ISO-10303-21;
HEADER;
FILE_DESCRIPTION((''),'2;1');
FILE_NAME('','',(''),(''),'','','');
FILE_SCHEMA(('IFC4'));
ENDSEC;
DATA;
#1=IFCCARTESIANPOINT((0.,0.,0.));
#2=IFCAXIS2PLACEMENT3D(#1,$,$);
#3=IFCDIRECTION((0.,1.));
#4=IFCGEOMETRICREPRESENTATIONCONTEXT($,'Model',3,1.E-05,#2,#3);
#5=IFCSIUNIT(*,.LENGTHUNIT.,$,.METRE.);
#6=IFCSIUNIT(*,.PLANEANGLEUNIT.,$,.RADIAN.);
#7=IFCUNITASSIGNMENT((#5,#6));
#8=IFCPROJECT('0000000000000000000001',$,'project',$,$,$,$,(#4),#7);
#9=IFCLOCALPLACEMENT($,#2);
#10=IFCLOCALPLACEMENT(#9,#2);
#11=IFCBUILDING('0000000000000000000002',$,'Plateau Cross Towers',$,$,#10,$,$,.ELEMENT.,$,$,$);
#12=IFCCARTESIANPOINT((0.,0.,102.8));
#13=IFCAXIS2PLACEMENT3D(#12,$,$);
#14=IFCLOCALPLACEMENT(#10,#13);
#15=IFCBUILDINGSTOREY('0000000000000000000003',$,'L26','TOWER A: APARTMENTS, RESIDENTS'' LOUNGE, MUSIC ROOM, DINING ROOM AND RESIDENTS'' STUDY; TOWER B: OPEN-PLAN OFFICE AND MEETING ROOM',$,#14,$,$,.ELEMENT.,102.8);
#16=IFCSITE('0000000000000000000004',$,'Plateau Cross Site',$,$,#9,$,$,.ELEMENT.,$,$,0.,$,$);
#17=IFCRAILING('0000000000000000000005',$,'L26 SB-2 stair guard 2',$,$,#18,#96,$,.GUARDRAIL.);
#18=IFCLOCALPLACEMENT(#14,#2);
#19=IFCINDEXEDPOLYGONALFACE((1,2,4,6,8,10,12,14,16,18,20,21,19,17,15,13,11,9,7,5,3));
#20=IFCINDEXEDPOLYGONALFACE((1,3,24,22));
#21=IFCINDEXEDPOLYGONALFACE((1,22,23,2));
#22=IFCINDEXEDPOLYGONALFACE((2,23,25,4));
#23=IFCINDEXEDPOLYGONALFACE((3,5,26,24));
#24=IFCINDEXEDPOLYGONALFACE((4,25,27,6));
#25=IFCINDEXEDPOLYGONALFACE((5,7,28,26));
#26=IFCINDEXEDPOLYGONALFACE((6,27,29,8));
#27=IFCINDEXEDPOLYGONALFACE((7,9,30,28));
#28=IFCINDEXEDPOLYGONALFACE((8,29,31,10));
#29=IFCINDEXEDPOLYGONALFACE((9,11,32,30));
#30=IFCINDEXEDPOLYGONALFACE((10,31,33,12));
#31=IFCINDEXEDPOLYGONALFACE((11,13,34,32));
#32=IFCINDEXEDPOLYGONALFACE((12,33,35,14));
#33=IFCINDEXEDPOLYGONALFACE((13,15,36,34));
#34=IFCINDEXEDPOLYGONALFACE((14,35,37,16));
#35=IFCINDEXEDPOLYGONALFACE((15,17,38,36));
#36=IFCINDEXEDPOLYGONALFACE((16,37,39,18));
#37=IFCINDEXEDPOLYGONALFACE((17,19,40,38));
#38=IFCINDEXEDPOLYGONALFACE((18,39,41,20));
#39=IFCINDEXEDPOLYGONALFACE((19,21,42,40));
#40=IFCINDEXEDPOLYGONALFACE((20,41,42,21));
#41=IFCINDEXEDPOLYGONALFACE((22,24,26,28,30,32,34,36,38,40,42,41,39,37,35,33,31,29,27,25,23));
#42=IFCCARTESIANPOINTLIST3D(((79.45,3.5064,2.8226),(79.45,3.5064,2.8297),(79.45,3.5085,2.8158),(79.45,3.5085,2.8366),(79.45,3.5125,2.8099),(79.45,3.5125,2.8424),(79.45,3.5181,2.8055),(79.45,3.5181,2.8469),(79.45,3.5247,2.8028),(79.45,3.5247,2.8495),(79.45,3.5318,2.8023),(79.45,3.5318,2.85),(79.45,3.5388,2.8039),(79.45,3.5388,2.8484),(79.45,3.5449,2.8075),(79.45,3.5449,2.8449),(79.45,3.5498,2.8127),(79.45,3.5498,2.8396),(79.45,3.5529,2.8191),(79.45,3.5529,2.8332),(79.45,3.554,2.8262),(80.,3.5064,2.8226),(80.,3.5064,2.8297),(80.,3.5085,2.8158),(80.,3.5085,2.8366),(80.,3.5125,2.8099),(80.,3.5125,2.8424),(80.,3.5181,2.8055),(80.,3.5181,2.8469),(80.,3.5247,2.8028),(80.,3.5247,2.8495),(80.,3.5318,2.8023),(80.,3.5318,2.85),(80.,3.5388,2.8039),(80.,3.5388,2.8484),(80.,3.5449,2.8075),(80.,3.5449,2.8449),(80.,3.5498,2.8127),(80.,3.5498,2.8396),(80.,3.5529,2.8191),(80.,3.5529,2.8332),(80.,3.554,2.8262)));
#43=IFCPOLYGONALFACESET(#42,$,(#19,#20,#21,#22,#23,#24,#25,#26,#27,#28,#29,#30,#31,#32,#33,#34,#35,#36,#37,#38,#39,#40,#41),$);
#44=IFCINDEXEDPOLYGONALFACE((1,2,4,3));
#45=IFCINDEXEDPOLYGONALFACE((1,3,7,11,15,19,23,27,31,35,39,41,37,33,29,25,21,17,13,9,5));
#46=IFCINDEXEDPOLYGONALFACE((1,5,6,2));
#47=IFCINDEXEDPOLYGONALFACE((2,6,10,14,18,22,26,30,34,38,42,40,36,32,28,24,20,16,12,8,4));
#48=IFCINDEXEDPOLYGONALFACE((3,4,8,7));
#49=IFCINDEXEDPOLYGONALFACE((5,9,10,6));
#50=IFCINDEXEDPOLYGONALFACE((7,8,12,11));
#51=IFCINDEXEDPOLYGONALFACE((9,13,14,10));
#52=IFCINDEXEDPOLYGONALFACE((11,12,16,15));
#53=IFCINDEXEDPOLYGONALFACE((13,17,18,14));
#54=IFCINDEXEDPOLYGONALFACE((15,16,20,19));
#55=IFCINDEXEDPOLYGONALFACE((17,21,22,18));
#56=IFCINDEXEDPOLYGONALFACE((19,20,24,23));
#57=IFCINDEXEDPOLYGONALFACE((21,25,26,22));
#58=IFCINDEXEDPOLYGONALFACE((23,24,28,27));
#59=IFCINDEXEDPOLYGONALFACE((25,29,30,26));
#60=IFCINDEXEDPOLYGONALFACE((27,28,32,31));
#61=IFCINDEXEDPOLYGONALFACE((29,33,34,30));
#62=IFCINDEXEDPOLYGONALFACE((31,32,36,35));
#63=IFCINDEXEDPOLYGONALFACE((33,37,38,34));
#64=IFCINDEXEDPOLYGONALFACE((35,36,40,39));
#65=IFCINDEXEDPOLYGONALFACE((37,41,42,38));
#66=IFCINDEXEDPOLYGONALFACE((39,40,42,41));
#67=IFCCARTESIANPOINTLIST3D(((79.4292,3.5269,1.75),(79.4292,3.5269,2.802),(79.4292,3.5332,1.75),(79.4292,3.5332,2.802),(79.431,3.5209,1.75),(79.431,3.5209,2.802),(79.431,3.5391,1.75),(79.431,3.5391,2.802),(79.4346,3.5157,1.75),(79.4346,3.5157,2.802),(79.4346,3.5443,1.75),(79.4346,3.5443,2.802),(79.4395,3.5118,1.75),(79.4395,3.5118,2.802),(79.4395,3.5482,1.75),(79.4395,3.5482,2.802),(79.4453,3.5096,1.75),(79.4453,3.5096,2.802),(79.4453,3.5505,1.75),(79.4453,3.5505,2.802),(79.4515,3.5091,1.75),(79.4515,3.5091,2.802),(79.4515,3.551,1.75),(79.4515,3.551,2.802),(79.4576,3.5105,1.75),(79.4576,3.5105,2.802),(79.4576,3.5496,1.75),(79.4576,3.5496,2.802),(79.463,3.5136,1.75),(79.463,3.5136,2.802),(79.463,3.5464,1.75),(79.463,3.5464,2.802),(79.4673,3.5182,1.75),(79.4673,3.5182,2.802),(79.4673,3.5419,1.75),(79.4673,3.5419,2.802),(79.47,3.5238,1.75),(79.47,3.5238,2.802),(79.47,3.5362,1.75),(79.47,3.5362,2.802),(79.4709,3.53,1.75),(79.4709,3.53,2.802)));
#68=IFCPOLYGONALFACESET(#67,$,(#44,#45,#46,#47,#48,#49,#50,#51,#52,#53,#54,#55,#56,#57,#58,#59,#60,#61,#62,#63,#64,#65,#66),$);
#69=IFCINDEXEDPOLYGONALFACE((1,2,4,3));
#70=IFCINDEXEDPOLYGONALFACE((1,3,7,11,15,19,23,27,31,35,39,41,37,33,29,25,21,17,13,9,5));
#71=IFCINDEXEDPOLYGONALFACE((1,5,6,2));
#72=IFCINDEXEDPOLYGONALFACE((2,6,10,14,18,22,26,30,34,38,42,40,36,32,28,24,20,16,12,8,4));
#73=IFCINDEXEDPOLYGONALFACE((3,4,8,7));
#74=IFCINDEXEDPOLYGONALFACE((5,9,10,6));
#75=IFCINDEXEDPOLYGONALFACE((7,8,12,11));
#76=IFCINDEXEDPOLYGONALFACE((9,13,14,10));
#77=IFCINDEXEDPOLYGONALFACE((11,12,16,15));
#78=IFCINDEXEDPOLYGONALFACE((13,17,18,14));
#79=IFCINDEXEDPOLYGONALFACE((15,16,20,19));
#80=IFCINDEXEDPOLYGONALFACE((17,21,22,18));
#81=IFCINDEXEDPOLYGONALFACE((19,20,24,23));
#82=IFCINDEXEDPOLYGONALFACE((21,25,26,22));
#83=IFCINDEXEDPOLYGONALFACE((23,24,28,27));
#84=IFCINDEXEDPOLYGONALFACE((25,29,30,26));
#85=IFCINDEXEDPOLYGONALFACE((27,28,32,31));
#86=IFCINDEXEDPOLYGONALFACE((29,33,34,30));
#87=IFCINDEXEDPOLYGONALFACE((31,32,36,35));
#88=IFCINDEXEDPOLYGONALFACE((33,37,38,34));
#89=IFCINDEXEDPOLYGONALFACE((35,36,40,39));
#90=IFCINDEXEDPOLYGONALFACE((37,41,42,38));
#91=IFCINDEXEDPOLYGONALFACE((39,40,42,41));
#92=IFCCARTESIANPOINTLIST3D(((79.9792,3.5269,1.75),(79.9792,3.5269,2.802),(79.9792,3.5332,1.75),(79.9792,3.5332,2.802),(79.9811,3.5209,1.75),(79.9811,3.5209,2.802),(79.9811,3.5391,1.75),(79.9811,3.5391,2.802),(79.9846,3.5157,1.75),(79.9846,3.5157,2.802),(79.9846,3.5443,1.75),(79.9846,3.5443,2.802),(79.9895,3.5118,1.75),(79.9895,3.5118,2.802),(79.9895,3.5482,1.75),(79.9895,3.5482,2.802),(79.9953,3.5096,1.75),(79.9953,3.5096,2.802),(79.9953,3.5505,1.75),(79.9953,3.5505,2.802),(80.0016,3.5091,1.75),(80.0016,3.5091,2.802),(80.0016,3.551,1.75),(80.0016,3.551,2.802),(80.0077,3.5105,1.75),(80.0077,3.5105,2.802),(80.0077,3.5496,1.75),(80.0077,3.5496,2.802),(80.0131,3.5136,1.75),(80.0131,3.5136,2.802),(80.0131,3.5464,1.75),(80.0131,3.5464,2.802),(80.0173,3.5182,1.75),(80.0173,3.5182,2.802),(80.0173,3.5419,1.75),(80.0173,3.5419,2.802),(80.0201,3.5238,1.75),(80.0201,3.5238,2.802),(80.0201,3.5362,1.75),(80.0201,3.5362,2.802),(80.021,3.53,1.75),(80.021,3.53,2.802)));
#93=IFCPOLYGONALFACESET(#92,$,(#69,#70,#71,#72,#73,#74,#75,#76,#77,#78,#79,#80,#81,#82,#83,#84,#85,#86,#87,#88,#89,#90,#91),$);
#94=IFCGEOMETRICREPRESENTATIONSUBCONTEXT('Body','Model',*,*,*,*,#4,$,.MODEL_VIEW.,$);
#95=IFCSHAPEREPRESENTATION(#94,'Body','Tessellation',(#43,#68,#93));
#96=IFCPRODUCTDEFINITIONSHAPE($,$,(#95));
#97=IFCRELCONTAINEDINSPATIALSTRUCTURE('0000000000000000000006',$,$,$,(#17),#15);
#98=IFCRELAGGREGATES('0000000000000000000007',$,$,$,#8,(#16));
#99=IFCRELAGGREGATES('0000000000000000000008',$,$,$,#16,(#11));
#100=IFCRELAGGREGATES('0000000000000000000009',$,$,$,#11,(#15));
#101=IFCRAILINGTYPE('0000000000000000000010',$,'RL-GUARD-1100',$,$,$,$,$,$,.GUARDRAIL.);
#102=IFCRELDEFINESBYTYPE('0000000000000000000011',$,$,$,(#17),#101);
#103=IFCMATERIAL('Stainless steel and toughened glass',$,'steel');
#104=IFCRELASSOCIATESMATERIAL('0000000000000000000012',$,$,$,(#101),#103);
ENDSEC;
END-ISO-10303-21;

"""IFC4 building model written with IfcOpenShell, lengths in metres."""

from ifc_helpers import new_model, si_unit, direction, frame, origin, origin_2d, place, context, subcontext, project, spatial, circle, extrude, material, type_object, element, save


model = new_model("IFC4")

# Units and contexts
model_context = context("Model", 3, precision=1e-05, world=origin(), true_north=direction((0.0, 1.0)))
body_context = subcontext(model_context, "Body", "Model", "MODEL_VIEW")
ifc_project = project(units=[si_unit("LENGTHUNIT", "METRE"), si_unit("PLANEANGLEUNIT", "RADIAN")], contexts=[model_context])

# Site, building, storey
site_placement = place(None, origin())
site = spatial("IfcSite", under=ifc_project, at=site_placement, Name="Plateau Cross Site", CompositionType="ELEMENT", RefElevation=0.0)
building_placement = place(site_placement, origin())
building = spatial("IfcBuilding", under=site, at=building_placement, Name="Plateau Cross Towers", CompositionType="ELEMENT")
storey_placement = place(building_placement, frame((0.0, 0.0, 102.8)))
storey = spatial("IfcBuildingStorey", under=building, at=storey_placement, Name="L26", Description="TOWER A: APARTMENTS, RESIDENTS' LOUNGE, MUSIC ROOM, DINING ROOM AND RESIDENTS' STUDY; TOWER B: OPEN-PLAN OFFICE AND MEETING ROOM", CompositionType="ELEMENT", Elevation=102.8)

# Railing
ifc_material_1 = material(Name="Stainless steel and toughened glass", Category="steel")
railing_type_1 = type_object("IfcRailingType", Name="RL-GUARD-1100", PredefinedType="GUARDRAIL", material=ifc_material_1)
railing_1_placement = place(storey_placement, frame((79.45, 3.53, 1.75)))
element("IfcRailing", 1, at=railing_1_placement, inside=storey, type_object=railing_type_1, Name="L26 SB-2 stair guard 2", PredefinedType="GUARDRAIL", context=body_context, shape_type="SweptSolid", body=[
    extrude(circle(Radius=0.0239, at=origin_2d()), frame((0.0, 0.0, 1.0762), z_axis=(1.0, 0.0, 0.0), x_axis=(0.0, 1.0, 0.0)), (0.0, 0.0, 1.0), 0.55),
    extrude(circle(Radius=0.021, at=origin_2d()), origin(), (0.0, 0.0, 1.0), 1.052),
    extrude(circle(Radius=0.021, at=origin_2d()), frame((0.55, 0.0, 0.0)), (0.0, 0.0, 1.0), 1.052),
])

save(model, "model.ifc")
